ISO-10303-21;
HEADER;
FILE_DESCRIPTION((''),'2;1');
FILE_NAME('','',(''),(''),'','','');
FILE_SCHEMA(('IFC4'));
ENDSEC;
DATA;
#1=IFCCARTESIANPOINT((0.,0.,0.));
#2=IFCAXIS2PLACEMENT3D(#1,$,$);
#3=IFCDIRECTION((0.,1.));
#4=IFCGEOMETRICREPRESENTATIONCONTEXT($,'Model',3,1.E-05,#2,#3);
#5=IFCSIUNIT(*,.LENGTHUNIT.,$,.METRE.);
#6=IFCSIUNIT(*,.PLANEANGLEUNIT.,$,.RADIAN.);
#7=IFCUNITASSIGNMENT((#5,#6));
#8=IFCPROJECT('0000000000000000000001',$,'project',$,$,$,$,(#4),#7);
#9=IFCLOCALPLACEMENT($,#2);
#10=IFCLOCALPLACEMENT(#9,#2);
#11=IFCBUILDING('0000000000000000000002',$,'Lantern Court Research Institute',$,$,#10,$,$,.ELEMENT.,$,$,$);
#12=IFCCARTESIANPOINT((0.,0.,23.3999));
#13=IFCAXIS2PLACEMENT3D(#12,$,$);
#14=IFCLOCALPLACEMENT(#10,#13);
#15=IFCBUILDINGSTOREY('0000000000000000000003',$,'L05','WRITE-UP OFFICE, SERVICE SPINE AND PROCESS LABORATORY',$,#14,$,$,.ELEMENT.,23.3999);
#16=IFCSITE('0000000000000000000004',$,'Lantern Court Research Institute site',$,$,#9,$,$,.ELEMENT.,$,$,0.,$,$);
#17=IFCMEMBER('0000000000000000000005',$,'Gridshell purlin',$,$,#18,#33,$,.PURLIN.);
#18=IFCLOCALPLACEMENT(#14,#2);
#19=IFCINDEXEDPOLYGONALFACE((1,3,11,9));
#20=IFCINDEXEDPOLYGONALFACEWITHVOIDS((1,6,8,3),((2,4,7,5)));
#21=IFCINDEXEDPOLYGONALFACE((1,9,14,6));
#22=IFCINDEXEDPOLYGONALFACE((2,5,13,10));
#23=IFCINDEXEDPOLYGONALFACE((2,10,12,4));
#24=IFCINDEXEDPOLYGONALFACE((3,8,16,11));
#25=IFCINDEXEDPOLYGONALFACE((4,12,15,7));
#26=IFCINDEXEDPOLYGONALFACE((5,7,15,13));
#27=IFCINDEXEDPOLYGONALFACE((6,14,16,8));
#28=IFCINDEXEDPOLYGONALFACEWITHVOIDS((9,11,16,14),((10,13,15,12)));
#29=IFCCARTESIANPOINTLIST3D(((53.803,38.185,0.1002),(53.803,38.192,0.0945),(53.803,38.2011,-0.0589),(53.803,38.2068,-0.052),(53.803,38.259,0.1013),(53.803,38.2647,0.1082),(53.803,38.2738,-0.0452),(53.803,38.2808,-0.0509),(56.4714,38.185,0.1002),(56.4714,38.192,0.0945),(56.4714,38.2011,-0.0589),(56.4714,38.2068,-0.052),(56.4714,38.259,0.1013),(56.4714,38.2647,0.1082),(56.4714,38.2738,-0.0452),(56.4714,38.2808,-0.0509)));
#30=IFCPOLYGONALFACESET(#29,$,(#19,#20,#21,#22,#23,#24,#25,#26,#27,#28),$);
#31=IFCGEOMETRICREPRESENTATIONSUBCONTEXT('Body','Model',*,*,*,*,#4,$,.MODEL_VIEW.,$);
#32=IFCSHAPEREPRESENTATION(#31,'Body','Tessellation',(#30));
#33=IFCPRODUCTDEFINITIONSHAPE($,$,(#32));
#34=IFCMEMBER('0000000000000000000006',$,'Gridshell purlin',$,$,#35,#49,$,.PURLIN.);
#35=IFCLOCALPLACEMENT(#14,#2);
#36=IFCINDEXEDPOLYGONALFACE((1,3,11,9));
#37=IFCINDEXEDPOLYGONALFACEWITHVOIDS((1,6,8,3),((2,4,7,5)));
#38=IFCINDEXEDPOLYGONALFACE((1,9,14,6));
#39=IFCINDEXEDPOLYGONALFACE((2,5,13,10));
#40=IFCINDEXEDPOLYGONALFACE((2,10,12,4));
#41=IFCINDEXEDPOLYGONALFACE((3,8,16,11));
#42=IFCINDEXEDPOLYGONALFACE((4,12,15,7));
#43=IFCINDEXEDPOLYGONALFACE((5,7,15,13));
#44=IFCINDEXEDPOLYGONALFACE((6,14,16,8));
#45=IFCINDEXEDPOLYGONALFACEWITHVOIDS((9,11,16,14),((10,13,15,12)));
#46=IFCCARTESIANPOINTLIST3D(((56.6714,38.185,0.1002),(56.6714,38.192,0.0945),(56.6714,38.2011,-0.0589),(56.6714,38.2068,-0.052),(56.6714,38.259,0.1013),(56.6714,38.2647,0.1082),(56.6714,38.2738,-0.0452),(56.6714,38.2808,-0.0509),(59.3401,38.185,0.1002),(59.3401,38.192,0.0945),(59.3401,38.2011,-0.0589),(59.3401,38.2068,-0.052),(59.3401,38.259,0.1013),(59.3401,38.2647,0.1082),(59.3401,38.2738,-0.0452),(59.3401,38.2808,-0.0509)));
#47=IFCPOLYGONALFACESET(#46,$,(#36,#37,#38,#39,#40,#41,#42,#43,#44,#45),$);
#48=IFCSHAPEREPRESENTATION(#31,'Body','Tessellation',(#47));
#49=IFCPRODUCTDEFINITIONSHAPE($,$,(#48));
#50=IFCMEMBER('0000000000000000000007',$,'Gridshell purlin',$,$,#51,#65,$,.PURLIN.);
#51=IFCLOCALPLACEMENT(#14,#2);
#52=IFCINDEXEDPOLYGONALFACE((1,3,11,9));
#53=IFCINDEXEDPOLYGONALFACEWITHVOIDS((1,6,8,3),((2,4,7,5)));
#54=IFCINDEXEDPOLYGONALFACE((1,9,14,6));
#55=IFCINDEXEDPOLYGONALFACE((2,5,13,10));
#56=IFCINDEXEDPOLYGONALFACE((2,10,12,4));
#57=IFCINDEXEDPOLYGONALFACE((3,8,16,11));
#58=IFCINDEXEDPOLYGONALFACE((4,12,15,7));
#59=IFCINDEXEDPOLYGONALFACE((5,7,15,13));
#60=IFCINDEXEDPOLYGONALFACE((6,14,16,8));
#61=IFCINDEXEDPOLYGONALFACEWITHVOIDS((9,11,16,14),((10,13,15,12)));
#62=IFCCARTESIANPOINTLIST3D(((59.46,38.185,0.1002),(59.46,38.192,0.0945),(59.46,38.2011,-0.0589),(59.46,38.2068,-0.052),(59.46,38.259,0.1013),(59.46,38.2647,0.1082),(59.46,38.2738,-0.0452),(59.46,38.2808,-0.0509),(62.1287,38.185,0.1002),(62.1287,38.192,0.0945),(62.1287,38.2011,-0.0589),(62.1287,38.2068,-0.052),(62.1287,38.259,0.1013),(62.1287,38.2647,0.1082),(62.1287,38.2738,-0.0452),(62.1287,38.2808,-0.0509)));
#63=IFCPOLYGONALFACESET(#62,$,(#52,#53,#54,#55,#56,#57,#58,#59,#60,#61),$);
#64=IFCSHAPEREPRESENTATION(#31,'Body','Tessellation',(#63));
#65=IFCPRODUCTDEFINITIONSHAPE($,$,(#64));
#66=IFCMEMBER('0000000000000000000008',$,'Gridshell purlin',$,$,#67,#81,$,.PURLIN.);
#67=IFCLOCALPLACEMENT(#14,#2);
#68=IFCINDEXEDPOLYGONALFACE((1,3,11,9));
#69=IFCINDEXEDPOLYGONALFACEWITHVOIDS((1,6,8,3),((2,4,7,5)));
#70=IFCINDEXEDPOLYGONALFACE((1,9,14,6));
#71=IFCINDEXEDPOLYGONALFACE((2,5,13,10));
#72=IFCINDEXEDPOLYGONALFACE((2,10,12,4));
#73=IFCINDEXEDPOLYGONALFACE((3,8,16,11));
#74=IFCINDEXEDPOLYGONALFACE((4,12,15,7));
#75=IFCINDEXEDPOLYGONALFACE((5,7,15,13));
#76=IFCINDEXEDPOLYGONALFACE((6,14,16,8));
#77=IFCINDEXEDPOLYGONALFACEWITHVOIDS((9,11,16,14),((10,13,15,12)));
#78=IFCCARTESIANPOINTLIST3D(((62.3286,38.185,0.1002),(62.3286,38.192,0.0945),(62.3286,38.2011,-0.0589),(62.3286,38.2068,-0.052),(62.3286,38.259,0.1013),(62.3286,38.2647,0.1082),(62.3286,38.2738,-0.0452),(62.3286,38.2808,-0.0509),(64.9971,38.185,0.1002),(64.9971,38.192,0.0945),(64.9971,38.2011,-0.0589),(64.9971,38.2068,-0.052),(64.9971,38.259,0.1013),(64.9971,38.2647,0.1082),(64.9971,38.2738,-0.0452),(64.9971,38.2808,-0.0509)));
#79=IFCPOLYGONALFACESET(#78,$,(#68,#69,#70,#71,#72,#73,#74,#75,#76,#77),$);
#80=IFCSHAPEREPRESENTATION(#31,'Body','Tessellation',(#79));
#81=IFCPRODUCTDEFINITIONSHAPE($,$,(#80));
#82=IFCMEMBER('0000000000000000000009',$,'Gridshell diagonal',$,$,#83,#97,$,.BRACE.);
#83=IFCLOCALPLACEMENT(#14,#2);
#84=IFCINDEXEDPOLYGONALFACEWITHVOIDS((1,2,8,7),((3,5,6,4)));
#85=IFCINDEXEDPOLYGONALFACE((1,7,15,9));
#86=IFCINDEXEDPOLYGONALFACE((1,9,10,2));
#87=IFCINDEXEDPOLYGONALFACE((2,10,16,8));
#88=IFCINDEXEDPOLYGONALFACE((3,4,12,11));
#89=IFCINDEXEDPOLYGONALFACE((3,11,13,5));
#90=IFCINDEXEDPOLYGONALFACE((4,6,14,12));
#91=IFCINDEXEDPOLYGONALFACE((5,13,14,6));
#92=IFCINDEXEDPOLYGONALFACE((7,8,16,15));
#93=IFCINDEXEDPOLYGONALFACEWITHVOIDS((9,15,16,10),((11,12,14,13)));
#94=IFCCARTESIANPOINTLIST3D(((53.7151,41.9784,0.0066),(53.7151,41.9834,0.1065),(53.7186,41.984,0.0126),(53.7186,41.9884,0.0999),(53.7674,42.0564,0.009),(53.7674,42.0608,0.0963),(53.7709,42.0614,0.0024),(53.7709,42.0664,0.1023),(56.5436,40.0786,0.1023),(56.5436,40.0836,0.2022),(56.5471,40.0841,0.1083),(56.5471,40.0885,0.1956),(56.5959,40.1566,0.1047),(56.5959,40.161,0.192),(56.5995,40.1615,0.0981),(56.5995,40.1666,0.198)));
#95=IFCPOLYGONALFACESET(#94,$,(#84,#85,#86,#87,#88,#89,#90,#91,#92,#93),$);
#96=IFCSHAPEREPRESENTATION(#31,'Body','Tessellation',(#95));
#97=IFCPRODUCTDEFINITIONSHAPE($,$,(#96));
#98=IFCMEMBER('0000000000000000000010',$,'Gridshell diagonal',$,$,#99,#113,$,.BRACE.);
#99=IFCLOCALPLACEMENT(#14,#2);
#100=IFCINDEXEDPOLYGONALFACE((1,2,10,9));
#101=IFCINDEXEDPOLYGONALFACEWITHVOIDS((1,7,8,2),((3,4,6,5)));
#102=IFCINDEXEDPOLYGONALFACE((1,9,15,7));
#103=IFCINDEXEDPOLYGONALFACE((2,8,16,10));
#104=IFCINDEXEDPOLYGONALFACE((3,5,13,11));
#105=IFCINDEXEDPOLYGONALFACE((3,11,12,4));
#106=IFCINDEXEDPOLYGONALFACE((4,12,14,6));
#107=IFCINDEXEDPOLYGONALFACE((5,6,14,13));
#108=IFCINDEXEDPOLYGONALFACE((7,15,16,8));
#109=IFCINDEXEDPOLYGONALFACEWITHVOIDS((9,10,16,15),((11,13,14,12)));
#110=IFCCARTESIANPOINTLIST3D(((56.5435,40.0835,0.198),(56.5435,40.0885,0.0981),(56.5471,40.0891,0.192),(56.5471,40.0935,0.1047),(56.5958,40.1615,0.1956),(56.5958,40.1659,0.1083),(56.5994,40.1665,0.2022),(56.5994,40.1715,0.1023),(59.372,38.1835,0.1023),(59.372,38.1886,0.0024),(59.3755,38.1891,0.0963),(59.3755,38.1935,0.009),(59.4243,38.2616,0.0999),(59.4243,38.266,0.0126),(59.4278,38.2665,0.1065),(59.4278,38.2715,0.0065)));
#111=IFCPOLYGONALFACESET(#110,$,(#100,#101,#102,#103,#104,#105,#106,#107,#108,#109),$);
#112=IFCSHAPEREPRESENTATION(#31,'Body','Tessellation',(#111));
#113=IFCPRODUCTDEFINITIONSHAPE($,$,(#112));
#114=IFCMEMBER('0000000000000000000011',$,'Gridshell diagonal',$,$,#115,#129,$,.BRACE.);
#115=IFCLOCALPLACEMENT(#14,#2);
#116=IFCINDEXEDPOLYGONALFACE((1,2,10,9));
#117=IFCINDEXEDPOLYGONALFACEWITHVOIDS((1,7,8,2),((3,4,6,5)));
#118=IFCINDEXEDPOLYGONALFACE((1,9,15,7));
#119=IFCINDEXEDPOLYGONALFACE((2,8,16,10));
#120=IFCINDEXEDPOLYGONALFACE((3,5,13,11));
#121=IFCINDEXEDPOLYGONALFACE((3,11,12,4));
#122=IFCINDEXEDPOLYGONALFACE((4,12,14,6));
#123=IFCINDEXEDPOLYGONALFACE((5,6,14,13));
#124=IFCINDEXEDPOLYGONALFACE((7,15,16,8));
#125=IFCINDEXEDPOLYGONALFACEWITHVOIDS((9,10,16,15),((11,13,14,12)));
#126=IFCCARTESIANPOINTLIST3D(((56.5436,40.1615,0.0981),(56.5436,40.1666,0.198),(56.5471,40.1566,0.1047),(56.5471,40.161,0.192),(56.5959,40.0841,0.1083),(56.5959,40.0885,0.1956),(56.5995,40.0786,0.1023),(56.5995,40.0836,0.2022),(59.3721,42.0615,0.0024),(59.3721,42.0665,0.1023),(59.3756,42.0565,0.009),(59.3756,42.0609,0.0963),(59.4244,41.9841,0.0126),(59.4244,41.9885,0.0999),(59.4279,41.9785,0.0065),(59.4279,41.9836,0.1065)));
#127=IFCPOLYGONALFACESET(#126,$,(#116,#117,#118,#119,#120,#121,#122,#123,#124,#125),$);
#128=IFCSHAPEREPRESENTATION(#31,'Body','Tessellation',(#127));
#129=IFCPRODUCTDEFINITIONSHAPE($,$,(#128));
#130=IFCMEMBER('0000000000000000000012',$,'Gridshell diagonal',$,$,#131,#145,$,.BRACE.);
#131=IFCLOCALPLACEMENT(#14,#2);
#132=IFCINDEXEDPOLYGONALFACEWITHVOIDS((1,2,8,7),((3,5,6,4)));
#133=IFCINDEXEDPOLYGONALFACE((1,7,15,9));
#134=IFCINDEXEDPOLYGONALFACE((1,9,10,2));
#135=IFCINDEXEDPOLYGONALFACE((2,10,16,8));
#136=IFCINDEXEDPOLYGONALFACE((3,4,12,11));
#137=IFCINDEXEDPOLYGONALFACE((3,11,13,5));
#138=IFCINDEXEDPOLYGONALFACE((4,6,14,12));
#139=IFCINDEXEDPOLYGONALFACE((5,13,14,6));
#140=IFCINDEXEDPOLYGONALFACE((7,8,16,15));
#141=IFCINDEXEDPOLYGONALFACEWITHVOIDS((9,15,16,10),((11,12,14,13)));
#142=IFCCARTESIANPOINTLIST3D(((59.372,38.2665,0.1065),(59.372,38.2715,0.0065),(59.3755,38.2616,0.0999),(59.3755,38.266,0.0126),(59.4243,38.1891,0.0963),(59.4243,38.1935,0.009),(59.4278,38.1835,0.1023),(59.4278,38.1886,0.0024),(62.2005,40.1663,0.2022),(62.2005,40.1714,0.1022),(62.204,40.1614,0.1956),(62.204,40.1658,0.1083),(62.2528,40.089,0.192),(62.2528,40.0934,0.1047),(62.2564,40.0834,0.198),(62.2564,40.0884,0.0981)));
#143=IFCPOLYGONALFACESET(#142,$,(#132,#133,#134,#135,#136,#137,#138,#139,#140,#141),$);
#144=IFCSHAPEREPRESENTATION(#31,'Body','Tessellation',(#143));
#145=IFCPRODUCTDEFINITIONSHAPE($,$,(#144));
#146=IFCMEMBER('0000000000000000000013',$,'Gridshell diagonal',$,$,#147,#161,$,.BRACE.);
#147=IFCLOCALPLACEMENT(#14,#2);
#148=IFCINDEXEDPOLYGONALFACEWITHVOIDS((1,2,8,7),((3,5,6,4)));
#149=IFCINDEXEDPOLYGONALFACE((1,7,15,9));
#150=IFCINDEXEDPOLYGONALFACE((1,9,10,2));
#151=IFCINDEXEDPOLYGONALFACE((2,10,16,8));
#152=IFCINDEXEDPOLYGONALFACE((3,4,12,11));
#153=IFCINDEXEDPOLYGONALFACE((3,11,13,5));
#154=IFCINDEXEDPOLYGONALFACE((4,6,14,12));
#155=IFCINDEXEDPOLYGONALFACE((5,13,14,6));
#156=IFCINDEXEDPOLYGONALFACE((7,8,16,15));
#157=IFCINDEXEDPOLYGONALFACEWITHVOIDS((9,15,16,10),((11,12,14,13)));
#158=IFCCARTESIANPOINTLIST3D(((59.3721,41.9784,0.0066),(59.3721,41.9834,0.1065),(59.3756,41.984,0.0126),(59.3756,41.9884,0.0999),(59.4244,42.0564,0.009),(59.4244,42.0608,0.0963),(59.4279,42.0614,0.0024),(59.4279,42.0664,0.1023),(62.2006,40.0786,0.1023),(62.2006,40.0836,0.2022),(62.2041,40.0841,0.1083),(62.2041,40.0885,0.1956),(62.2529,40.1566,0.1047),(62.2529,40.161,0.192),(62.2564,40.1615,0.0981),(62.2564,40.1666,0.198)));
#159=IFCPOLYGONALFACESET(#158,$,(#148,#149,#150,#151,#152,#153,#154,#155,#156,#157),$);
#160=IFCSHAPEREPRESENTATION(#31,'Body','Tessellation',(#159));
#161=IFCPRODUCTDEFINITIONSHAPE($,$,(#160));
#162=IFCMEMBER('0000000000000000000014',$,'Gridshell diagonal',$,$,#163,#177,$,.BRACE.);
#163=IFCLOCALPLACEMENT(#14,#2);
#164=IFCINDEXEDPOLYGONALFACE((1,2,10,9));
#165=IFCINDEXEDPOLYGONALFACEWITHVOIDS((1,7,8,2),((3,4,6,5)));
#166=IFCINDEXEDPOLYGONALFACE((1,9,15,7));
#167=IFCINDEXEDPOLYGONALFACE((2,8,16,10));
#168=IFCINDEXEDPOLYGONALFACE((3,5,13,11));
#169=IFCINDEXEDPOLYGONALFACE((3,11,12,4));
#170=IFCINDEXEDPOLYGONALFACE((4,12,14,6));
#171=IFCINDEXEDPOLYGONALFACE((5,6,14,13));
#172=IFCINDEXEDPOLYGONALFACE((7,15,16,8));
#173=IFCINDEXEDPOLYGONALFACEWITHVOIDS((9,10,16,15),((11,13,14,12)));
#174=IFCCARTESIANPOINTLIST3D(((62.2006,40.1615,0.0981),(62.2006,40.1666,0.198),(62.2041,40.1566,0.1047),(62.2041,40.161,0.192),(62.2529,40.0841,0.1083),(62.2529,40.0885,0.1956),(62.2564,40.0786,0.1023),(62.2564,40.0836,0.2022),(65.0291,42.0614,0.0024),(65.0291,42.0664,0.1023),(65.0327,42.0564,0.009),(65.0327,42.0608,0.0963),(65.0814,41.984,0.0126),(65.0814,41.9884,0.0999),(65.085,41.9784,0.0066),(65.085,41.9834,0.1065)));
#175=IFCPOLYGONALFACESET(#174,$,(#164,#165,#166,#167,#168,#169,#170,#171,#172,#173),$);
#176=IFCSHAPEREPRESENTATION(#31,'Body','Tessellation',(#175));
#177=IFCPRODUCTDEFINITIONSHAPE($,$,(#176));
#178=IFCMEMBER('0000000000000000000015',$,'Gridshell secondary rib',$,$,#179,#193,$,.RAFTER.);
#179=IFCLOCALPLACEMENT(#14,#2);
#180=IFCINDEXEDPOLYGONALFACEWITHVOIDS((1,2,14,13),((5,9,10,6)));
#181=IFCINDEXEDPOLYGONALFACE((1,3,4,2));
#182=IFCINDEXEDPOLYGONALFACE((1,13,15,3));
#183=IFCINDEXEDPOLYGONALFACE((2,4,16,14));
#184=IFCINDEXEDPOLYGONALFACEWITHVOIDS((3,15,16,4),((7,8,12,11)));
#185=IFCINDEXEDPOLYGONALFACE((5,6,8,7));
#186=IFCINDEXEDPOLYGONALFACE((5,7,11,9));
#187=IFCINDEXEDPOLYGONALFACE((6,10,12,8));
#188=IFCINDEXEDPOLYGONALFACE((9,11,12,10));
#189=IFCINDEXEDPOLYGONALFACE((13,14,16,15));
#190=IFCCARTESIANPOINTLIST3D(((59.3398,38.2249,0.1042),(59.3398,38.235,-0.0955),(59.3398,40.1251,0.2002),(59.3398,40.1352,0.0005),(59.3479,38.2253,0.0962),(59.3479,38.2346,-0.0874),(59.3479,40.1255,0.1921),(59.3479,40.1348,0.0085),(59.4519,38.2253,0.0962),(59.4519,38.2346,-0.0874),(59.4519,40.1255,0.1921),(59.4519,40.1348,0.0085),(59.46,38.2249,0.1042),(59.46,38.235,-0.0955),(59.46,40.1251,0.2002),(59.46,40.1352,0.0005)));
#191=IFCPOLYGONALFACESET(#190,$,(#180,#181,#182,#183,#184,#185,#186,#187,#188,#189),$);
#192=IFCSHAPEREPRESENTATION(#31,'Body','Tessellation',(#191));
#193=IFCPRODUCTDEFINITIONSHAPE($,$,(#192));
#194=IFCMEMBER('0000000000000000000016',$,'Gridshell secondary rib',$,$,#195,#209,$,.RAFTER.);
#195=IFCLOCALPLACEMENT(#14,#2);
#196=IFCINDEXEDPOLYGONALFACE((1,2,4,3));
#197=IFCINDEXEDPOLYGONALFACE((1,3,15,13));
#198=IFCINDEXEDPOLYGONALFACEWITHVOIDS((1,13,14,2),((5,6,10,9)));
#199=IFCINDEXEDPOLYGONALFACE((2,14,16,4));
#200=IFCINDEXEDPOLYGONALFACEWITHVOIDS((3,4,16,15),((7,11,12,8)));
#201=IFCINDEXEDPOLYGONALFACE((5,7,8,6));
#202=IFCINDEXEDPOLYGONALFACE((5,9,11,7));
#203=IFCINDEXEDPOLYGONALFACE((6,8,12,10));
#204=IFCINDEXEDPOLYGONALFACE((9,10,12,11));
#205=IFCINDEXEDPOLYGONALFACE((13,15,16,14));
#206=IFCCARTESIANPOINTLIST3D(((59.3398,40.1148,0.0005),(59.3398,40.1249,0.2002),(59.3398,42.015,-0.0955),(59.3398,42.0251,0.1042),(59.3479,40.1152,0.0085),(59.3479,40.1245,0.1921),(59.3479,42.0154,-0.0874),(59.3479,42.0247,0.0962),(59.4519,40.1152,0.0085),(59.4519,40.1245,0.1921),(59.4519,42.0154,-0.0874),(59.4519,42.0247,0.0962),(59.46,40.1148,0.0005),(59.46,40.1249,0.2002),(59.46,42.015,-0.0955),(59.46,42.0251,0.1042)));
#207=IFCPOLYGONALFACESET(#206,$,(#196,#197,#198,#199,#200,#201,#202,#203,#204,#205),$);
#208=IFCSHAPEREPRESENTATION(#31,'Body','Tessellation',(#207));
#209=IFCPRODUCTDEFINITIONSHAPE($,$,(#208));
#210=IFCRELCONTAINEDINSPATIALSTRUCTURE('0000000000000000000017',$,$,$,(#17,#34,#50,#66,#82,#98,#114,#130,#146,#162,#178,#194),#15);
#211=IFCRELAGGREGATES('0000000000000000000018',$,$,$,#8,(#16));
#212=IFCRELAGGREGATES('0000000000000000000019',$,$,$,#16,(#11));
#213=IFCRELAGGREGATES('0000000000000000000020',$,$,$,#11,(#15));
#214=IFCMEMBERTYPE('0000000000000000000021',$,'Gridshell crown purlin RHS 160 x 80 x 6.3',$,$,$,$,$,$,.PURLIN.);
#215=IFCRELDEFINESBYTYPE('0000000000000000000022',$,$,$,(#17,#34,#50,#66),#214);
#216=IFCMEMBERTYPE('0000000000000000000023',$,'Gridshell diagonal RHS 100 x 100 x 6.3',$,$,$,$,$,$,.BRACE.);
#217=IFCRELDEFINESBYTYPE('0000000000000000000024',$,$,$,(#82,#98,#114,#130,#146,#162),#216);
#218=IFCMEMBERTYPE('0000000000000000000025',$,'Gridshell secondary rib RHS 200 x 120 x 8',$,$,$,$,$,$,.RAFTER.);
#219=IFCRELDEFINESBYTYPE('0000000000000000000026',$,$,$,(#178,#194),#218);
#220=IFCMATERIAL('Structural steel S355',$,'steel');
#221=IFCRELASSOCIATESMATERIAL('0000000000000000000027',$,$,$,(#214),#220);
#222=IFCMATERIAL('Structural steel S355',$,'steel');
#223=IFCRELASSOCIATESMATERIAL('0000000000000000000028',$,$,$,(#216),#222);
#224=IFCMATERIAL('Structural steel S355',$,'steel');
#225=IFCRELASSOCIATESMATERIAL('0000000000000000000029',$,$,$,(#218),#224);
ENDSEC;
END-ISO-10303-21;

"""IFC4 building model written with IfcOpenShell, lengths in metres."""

from ifc_helpers import new_model, si_unit, direction, frame, origin, origin_2d, place, context, subcontext, project, spatial, hollow_rectangle, extrude, material, material_profile, profile_set, type_object, element, save


model = new_model("IFC4")

# Units and contexts
model_context = context("Model", 3, precision=1e-05, world=origin(), true_north=direction((0.0, 1.0)))
body_context = subcontext(model_context, "Body", "Model", "MODEL_VIEW")
ifc_project = project(units=[si_unit("LENGTHUNIT", "METRE"), si_unit("PLANEANGLEUNIT", "RADIAN")], contexts=[model_context])

# Site, building, storey
site_placement = place(None, origin())
site = spatial("IfcSite", under=ifc_project, at=site_placement, Name="Lantern Court Research Institute site", CompositionType="ELEMENT", RefElevation=0.0)
building_placement = place(site_placement, origin())
building = spatial("IfcBuilding", under=site, at=building_placement, Name="Lantern Court Research Institute", CompositionType="ELEMENT")
storey_placement = place(building_placement, frame((0.0, 0.0, 23.3999)))
storey = spatial("IfcBuildingStorey", under=building, at=storey_placement, Name="L05", Description="WRITE-UP OFFICE, SERVICE SPINE AND PROCESS LABORATORY", CompositionType="ELEMENT", Elevation=23.3999)

# Members
ifc_material_1 = material(Name="Structural steel S355", Category="steel")
ifc_material_profile_1 = material_profile(ifc_material_1, hollow_rectangle(XDim=0.0801, YDim=0.1599, WallThickness=0.0063, at=origin_2d()), Name="Gridshell crown purlin RHS 160 x 80 x 6.3")
ifc_profile_set_1 = profile_set([ifc_material_profile_1], Name="Structural steel S355")
member_type_1 = type_object("IfcMemberType", Name="Gridshell crown purlin RHS 160 x 80 x 6.3", PredefinedType="PURLIN", material=ifc_profile_set_1)
member_1_placement = place(storey_placement, frame((53.803, 38.2329, 0.0247), z_axis=(1.0, 0.0, 0.0), x_axis=(0.0, 0.994934, 0.100531)))
element("IfcMember", 1, at=member_1_placement, inside=storey, type_object=member_type_1, Name="Gridshell purlin", PredefinedType="PURLIN", context=body_context, shape_type="SweptSolid", body=[
    extrude(hollow_rectangle(XDim=0.0801, YDim=0.1599, WallThickness=0.0063, at=origin_2d()), origin(), (0.0, 0.0, 1.0), 2.6685),
])
for number, where, z_axis, x_axis, name in (
    (2, (56.6714, 38.2329, 0.0247), (1.0, 0.0, 0.0), (0.0, 0.994934, 0.100531), "Gridshell purlin"),
    (3, (59.46, 38.2329, 0.0247), (1.0, 0.0, 0.0), (0.0, 0.994934, 0.100531), "Gridshell purlin"),
):
    element("IfcMember", number, at=place(storey_placement, frame(where, z_axis=z_axis, x_axis=x_axis)), inside=storey, type_object=member_type_1, Name=name, PredefinedType="PURLIN", context=body_context, shape_type="SweptSolid", body=[
        extrude(hollow_rectangle(XDim=0.0801, YDim=0.1599, WallThickness=0.0063, at=origin_2d()), origin(), (0.0, 0.0, 1.0), 2.6687),
    ])
member_2_placement = place(storey_placement, frame((62.3286, 38.2329, 0.0247), z_axis=(1.0, 0.0, 0.0), x_axis=(0.0, 0.994934, 0.100531)))
element("IfcMember", 4, at=member_2_placement, inside=storey, type_object=member_type_1, Name="Gridshell purlin", PredefinedType="PURLIN", context=body_context, shape_type="SweptSolid", body=[
    extrude(hollow_rectangle(XDim=0.0801, YDim=0.1599, WallThickness=0.0063, at=origin_2d()), origin(), (0.0, 0.0, 1.0), 2.6685),
])
ifc_material_2 = material(Name="Structural steel S355", Category="steel")
ifc_material_profile_2 = material_profile(ifc_material_2, hollow_rectangle(XDim=0.1001, YDim=0.1001, WallThickness=0.0063, at=origin_2d()), Name="Gridshell diagonal RHS 100 x 100 x 6.3")
ifc_profile_set_2 = profile_set([ifc_material_profile_2], Name="Structural steel S355")
member_type_2 = type_object("IfcMemberType", Name="Gridshell diagonal RHS 100 x 100 x 6.3", PredefinedType="BRACE", material=ifc_profile_set_2)
for number, where, z_axis, x_axis, name in (
    (5, (56.5715, 40.1226, 0.1501), (-0.8298, 0.557354, -0.028075), (-0.558061, -0.828749, 0.041762), "Gridshell diagonal"),
    (6, (59.3999, 38.2275, 0.0544), (-0.829778, 0.557387, 0.028077), (-0.558094, -0.828726, -0.041762), "Gridshell diagonal"),
    (7, (56.5715, 40.1226, 0.1501), (0.829778, 0.557387, -0.028077), (-0.558094, 0.828726, -0.041762), "Gridshell diagonal"),
    (8, (59.3999, 38.2275, 0.0544), (0.8298, 0.557354, 0.028075), (-0.558061, 0.828749, 0.041762), "Gridshell diagonal"),
    (9, (62.2285, 40.1226, 0.1501), (-0.8298, 0.557354, -0.028075), (-0.558061, -0.828749, 0.041762), "Gridshell diagonal"),
    (10, (62.2285, 40.1226, 0.1501), (0.8298, 0.557354, -0.028075), (-0.558061, 0.828749, -0.041762), "Gridshell diagonal"),
):
    element("IfcMember", number, at=place(storey_placement, frame(where, z_axis=z_axis, x_axis=x_axis)), inside=storey, type_object=member_type_2, Name=name, PredefinedType="BRACE", context=body_context, shape_type="SweptSolid", body=[
        extrude(hollow_rectangle(XDim=0.1001, YDim=0.1001, WallThickness=0.0063, at=origin_2d()), origin(), (0.0, 0.0, 1.0), 3.4087),
    ])
ifc_material_3 = material(Name="Structural steel S355", Category="steel")
ifc_material_profile_3 = material_profile(ifc_material_3, hollow_rectangle(XDim=0.1201, YDim=0.2, WallThickness=0.0081, at=origin_2d()), Name="Gridshell secondary rib RHS 200 x 120 x 8")
ifc_profile_set_3 = profile_set([ifc_material_profile_3], Name="Structural steel S355")
member_type_3 = type_object("IfcMemberType", Name="Gridshell secondary rib RHS 200 x 120 x 8", PredefinedType="RAFTER", material=ifc_profile_set_3)
for number, where, z_axis, x_axis, name in (
    (11, (59.3999, 38.23, 0.0044), (0.0, 0.998728, 0.05043), (-1.0, 0.0, 0.0), "Gridshell secondary rib"),
    (12, (59.3999, 40.1199, 0.1003), (0.0, 0.998728, -0.05043), (-1.0, 0.0, 0.0), "Gridshell secondary rib"),
):
    element("IfcMember", number, at=place(storey_placement, frame(where, z_axis=z_axis, x_axis=x_axis)), inside=storey, type_object=member_type_3, Name=name, PredefinedType="RAFTER", context=body_context, shape_type="SweptSolid", body=[
        extrude(hollow_rectangle(XDim=0.1201, YDim=0.2, WallThickness=0.0081, at=origin_2d()), origin(), (0.0, 0.0, 1.0), 1.9026),
    ])

save(model, "model.ifc")
